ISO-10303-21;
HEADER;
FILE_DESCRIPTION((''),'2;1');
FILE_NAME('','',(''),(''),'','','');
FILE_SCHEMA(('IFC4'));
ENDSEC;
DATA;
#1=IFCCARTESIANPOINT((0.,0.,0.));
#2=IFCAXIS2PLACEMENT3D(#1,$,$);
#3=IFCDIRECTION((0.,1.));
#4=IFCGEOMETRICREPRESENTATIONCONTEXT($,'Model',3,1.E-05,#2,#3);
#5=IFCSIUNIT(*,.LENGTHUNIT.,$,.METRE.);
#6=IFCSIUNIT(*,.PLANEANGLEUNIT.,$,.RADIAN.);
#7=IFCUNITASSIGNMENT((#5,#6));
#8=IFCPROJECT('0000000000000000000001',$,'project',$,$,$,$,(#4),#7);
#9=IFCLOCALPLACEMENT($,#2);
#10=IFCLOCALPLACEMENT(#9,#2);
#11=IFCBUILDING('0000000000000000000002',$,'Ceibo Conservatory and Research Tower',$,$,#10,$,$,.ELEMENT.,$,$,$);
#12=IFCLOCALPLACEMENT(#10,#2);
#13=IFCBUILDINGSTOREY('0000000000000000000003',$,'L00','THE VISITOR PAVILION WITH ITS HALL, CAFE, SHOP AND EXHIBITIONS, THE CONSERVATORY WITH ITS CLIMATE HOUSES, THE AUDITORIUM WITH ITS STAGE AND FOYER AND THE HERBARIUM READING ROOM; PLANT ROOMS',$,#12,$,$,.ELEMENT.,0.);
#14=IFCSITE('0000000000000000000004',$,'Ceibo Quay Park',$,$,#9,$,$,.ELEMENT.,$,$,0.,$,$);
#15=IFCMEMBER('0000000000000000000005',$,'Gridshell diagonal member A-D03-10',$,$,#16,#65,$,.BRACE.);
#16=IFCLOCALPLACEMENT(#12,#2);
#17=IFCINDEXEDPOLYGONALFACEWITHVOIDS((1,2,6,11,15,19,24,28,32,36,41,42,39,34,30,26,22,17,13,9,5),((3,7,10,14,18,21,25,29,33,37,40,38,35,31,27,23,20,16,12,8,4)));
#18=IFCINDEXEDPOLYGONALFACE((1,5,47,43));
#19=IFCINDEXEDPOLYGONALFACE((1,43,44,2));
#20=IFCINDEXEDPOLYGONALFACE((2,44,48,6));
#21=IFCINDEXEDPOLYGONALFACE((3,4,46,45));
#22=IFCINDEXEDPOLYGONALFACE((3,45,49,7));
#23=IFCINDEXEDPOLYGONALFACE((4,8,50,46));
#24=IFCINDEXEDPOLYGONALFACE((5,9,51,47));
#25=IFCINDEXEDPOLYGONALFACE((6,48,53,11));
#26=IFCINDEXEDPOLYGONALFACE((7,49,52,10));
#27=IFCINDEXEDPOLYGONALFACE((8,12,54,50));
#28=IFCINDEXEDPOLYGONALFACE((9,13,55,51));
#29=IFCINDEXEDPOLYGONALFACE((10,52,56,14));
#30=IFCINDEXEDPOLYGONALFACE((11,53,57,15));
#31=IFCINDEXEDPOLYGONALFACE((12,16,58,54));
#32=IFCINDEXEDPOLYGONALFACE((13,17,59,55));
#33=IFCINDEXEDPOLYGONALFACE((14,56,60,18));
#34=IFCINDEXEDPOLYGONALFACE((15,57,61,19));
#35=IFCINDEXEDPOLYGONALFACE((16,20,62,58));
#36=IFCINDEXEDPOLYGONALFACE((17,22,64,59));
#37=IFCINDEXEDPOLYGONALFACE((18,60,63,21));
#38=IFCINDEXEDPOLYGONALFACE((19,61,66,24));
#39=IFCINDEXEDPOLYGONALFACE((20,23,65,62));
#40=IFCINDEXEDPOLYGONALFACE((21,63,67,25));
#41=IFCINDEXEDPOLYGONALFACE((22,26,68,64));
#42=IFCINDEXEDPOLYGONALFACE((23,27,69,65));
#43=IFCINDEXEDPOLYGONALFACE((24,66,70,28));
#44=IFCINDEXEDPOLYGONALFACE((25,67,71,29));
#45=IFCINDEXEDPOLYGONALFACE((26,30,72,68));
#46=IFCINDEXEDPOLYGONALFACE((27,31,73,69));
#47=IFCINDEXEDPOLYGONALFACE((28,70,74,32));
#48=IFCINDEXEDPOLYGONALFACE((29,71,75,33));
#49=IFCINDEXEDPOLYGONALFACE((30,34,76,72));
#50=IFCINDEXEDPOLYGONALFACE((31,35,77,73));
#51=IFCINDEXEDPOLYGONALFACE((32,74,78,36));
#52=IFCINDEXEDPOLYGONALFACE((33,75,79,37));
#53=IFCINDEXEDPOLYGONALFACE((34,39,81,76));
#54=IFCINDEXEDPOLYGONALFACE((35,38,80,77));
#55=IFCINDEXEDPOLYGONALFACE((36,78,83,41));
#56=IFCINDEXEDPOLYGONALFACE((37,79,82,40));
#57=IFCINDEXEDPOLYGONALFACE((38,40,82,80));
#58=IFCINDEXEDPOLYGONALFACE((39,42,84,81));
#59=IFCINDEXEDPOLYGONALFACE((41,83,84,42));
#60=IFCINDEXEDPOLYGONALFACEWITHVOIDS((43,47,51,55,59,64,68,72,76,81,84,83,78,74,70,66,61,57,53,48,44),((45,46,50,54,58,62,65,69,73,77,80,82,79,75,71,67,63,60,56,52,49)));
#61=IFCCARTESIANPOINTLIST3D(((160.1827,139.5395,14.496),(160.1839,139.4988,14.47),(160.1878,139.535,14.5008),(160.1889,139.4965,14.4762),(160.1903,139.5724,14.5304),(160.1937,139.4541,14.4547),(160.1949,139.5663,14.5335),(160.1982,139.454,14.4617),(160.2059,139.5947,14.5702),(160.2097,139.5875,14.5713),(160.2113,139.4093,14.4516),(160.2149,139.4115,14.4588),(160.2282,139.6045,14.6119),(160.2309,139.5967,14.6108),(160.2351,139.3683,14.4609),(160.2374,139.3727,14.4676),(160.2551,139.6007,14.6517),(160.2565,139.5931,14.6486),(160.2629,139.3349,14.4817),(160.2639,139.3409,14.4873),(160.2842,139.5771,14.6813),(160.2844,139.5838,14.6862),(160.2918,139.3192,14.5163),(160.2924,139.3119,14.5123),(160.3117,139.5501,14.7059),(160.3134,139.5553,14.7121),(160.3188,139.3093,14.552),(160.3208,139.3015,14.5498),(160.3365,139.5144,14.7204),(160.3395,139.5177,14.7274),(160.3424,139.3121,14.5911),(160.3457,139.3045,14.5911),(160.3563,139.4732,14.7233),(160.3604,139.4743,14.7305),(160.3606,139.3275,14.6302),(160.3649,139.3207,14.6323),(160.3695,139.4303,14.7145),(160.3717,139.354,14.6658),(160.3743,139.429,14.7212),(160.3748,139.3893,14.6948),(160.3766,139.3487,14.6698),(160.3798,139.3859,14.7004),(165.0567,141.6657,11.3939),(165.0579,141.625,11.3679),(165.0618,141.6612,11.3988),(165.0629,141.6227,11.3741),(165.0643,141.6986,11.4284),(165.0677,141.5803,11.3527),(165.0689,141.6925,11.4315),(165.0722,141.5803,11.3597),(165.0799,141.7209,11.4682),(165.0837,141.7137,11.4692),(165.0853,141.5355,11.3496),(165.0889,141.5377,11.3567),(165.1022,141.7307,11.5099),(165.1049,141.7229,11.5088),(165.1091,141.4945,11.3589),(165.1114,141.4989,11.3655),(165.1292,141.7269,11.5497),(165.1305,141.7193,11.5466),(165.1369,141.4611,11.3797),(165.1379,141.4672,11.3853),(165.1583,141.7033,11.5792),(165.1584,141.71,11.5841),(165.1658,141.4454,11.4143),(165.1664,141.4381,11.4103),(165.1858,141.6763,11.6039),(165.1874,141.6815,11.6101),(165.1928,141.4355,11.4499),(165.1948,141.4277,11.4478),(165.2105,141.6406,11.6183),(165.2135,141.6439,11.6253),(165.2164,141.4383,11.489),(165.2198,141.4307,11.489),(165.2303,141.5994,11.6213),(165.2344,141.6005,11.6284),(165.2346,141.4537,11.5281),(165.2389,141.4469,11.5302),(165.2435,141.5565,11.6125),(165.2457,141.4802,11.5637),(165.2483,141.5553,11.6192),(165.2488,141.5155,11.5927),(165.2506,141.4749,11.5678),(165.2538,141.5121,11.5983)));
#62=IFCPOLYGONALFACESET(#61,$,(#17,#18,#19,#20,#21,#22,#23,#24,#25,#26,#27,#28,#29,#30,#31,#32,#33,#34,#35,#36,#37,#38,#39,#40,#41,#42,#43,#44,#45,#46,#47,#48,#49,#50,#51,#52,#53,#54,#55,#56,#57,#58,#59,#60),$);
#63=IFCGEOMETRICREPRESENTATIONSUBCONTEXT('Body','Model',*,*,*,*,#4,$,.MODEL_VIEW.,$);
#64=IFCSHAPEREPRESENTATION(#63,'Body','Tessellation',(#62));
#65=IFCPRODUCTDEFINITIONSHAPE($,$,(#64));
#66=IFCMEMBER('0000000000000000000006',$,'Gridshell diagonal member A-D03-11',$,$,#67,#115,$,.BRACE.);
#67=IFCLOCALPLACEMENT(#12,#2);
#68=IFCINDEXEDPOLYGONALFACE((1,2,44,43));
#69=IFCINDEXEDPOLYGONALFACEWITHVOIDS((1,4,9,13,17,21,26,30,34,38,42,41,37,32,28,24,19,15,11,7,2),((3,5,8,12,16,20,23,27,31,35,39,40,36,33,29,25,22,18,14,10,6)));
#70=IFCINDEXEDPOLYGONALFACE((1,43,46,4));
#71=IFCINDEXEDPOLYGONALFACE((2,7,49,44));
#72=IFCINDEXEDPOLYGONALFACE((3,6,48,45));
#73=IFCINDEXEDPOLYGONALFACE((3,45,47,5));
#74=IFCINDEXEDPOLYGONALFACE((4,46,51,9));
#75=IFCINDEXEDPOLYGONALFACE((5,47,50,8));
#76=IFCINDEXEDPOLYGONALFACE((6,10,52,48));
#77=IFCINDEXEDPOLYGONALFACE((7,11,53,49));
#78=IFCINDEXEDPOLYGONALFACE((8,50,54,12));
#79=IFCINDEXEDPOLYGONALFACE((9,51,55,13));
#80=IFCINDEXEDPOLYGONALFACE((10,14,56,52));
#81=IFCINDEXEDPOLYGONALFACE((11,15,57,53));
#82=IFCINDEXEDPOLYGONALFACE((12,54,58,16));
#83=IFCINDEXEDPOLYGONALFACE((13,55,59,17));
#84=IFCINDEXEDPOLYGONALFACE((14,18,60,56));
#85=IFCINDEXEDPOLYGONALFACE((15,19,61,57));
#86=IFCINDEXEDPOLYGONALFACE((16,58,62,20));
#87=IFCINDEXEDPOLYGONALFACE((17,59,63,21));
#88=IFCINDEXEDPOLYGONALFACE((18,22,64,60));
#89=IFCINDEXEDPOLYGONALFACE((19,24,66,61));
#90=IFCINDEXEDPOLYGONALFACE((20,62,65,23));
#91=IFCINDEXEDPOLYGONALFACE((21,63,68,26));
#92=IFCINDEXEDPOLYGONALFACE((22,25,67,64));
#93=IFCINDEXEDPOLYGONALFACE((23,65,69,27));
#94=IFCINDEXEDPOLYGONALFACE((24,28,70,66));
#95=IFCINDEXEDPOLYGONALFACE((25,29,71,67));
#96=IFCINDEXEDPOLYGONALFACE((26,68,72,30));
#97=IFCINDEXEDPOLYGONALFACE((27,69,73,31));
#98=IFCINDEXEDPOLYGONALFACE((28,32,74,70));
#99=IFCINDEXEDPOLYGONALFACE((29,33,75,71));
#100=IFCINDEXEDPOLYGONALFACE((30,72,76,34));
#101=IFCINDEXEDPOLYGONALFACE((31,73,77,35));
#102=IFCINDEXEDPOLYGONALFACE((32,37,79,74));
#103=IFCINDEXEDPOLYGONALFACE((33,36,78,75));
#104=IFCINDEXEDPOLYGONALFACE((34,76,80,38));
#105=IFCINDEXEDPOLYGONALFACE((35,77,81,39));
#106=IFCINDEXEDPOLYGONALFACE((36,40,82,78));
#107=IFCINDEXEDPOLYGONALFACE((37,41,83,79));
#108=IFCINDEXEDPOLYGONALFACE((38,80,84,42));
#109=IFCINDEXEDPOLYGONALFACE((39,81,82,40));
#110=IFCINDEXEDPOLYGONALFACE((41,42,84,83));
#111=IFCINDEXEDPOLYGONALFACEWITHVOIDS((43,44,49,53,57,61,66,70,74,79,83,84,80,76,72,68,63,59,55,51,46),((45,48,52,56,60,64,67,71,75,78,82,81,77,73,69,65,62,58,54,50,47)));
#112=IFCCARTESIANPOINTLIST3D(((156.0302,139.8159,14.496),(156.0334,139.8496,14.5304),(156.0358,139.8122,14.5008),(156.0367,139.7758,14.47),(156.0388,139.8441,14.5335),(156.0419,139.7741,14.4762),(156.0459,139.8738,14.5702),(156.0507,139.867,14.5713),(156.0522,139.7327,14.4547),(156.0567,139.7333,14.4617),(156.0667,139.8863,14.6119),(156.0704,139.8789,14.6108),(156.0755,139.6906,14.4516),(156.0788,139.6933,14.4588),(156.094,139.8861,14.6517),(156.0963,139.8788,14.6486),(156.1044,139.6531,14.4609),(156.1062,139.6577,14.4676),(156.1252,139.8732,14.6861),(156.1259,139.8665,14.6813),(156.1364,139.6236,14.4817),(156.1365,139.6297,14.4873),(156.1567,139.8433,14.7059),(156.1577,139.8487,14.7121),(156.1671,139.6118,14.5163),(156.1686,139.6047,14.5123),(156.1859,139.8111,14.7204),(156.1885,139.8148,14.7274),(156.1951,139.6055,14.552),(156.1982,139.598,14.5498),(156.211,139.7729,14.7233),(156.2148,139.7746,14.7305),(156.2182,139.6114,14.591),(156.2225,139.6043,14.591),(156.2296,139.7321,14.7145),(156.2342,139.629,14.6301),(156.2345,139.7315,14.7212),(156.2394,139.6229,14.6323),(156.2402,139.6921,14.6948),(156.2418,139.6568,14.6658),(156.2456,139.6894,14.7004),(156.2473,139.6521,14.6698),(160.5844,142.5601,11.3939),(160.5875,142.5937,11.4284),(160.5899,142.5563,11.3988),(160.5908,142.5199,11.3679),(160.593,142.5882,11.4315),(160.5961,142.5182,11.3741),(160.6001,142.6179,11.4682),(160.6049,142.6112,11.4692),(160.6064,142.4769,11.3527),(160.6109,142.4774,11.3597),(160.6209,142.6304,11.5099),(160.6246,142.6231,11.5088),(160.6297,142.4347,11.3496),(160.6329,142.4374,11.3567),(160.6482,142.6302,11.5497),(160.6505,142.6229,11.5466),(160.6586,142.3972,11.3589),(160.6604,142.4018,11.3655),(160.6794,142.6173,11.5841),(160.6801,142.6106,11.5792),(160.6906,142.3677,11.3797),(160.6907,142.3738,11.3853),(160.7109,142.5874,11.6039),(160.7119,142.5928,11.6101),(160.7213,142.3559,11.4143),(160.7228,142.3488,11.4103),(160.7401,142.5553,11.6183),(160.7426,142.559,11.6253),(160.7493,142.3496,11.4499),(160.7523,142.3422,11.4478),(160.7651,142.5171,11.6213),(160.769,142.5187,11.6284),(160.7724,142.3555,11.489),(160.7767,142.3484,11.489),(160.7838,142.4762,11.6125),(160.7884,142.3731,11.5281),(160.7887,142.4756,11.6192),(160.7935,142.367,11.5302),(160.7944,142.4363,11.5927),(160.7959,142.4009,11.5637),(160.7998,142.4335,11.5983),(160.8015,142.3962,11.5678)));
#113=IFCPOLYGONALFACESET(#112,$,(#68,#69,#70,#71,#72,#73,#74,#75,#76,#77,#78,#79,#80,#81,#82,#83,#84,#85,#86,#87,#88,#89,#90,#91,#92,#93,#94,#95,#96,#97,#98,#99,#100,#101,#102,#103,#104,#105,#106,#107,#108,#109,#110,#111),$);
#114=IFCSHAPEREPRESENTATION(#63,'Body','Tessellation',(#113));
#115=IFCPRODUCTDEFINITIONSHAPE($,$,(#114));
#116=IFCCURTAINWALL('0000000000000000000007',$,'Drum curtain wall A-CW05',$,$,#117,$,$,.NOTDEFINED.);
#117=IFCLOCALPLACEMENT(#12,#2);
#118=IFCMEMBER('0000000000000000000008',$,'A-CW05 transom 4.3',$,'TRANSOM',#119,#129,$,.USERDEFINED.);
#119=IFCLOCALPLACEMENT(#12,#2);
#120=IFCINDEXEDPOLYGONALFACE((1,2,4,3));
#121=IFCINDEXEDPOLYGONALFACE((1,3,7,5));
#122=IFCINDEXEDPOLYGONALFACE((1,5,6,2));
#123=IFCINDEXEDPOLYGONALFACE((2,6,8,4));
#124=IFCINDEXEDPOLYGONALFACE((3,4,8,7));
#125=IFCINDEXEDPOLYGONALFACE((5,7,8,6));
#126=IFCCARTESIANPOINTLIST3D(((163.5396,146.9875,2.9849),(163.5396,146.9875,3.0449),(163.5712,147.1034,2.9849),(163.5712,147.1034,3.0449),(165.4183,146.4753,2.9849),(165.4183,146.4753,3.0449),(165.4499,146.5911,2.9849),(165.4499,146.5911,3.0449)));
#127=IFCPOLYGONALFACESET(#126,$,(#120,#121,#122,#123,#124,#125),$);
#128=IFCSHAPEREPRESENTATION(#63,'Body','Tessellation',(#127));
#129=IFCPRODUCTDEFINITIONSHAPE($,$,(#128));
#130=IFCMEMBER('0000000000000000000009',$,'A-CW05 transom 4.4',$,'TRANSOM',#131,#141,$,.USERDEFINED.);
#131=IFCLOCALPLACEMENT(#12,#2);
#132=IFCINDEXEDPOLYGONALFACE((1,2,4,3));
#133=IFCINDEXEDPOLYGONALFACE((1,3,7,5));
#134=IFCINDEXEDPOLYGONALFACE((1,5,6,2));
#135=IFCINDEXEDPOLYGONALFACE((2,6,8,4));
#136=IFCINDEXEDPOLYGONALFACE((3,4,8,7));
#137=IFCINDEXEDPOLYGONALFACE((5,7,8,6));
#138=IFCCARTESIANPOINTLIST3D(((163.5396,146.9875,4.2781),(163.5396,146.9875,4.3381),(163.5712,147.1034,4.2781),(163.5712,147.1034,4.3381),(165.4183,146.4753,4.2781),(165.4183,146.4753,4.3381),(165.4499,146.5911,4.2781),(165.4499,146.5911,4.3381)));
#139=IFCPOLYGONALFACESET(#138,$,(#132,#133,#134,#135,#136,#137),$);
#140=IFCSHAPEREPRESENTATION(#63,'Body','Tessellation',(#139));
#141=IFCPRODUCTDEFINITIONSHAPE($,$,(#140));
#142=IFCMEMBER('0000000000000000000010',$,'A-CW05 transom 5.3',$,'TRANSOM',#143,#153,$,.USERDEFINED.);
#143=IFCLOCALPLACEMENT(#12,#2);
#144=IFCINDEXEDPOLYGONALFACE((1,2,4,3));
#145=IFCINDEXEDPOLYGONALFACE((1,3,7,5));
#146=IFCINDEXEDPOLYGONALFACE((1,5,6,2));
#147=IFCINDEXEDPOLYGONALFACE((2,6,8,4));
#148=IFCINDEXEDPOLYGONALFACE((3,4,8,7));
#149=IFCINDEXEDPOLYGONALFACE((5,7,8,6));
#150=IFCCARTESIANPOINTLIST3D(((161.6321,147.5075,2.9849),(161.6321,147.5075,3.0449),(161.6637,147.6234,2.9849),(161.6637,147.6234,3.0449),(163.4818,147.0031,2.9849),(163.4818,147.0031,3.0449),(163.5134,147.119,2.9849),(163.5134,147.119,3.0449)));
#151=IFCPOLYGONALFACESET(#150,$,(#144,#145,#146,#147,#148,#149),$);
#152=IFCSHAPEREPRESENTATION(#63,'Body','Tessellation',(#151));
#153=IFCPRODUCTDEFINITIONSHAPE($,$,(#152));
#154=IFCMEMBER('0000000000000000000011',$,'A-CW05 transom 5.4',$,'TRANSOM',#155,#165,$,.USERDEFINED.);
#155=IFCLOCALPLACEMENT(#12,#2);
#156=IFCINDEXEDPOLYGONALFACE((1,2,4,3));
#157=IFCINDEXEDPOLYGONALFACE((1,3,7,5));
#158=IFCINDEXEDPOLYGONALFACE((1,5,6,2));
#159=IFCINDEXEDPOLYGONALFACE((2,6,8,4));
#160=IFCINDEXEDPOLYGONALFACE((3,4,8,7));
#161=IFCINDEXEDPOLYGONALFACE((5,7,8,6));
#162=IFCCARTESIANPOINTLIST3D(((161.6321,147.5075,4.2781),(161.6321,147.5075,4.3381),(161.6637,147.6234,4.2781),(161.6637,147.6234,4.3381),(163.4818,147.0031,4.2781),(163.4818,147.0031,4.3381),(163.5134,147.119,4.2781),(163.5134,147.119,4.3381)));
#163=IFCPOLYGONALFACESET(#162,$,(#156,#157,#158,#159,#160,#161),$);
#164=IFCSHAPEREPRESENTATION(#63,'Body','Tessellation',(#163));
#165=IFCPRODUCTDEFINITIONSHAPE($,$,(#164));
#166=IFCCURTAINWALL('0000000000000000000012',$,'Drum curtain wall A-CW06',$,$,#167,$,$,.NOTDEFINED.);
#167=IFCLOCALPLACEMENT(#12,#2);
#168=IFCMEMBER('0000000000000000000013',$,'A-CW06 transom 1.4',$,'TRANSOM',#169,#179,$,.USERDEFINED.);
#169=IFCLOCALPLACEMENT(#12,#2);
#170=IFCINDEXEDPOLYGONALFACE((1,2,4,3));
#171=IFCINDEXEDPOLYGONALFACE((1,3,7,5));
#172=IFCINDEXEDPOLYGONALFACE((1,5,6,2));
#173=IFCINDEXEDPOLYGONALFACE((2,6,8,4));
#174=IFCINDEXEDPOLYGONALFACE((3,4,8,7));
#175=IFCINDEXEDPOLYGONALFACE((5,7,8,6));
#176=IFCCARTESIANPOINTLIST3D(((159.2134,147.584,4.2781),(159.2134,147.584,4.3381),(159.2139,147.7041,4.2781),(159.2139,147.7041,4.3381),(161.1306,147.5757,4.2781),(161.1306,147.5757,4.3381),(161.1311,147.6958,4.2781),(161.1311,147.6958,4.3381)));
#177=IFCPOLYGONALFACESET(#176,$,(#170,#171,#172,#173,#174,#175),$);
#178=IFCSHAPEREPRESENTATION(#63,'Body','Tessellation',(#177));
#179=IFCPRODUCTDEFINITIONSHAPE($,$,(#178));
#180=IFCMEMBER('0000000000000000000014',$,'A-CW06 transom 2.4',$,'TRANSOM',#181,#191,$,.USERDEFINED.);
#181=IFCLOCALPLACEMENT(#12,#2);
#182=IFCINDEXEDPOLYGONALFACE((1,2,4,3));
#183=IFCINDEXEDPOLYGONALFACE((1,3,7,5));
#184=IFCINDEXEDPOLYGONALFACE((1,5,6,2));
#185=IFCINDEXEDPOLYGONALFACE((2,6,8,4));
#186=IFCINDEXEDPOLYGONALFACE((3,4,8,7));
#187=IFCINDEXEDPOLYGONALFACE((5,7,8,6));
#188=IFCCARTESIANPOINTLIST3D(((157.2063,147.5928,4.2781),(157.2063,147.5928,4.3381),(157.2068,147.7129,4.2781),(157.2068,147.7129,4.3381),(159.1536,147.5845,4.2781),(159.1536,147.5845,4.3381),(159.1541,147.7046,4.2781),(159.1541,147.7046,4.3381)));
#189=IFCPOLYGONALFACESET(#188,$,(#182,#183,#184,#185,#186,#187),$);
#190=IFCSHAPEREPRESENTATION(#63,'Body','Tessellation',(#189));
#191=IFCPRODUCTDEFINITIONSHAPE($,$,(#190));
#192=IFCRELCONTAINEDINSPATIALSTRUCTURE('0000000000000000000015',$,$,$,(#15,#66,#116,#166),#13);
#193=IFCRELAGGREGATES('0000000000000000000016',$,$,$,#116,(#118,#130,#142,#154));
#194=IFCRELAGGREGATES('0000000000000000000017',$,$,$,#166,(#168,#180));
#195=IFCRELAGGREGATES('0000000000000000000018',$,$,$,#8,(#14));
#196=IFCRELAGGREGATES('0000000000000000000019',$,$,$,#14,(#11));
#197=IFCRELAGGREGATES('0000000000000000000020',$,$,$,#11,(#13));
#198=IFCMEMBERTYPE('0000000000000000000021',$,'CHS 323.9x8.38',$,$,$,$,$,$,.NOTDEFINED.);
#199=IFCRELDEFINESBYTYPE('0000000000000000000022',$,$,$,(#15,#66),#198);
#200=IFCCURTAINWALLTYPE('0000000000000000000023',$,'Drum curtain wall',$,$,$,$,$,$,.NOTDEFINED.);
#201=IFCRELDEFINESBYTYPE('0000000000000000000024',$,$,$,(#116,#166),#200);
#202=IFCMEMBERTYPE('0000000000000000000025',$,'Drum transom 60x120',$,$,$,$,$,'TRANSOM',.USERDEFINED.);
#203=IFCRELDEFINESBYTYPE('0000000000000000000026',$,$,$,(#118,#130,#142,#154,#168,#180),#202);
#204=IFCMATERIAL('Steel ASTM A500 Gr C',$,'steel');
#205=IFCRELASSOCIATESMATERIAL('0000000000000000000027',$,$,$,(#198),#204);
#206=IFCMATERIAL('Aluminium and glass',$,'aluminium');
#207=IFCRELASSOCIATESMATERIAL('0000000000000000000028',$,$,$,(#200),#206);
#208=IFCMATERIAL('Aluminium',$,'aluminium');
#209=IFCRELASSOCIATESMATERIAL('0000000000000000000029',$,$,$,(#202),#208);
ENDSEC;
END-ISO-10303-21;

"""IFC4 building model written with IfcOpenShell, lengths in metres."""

from ifc_helpers import new_model, si_unit, direction, frame, origin, origin_2d, place, context, subcontext, project, spatial, rectangle, hollow_circle, extrude, material, material_profile, profile_set, type_object, element, aggregate, save


model = new_model("IFC4")

# Units and contexts
model_context = context("Model", 3, precision=1e-05, world=origin(), true_north=direction((0.0, 1.0)))
body_context = subcontext(model_context, "Body", "Model", "MODEL_VIEW")
ifc_project = project(units=[si_unit("LENGTHUNIT", "METRE"), si_unit("PLANEANGLEUNIT", "RADIAN")], contexts=[model_context])

# Site, building, storey
site_placement = place(None, origin())
site = spatial("IfcSite", under=ifc_project, at=site_placement, Name="Ceibo Quay Park", CompositionType="ELEMENT", RefElevation=0.0)
building_placement = place(site_placement, origin())
building = spatial("IfcBuilding", under=site, at=building_placement, Name="Ceibo Conservatory and Research Tower", CompositionType="ELEMENT")
storey_placement = place(building_placement, origin())
storey = spatial("IfcBuildingStorey", under=building, at=storey_placement, Name="L00", Description="THE VISITOR PAVILION WITH ITS HALL, CAFE, SHOP AND EXHIBITIONS, THE CONSERVATORY WITH ITS CLIMATE HOUSES, THE AUDITORIUM WITH ITS STAGE AND FOYER AND THE HERBARIUM READING ROOM; PLANT ROOMS", CompositionType="ELEMENT", Elevation=0.0)

# Members
ifc_material_1 = material(Name="Steel ASTM A500 Gr C", Category="steel")
ifc_material_profile_1 = material_profile(ifc_material_1, hollow_circle(Radius=0.1619, WallThickness=0.0083, at=origin_2d()), Name="CHS 323.9x8.38")
ifc_profile_set_1 = profile_set([ifc_material_profile_1], Name="Steel ASTM A500 Gr C")
member_type_1 = type_object("IfcMemberType", Name="CHS 323.9x8.38", PredefinedType="NOTDEFINED", material=ifc_profile_set_1)
member_1_placement = place(storey_placement, frame((165.155, 141.5791, 11.489), z_axis=(-0.791717, -0.345375, 0.503885), x_axis=(0.399846, -0.916583, 0.0)))
element("IfcMember", 1, at=member_1_placement, inside=storey, type_object=member_type_1, Name="Gridshell diagonal member A-D03-10", PredefinedType="BRACE", context=body_context, shape_type="SweptSolid", body=[
    extrude(hollow_circle(Radius=0.1619, WallThickness=0.0083, at=origin_2d()), origin(), (0.0, 0.0, 1.0), 6.1562),
])
member_2_placement = place(storey_placement, frame((160.6931, 142.4871, 11.489), z_axis=(-0.739824, -0.445782, 0.503924), x_axis=(0.516102, -0.856527, 0.0)))
element("IfcMember", 2, at=member_2_placement, inside=storey, type_object=member_type_1, Name="Gridshell diagonal member A-D03-11", PredefinedType="BRACE", context=body_context, shape_type="SweptSolid", body=[
    extrude(hollow_circle(Radius=0.1619, WallThickness=0.0083, at=origin_2d()), origin(), (0.0, 0.0, 1.0), 6.1558),
])

# Curtain walls, members
ifc_material_2 = material(Name="Aluminium and glass", Category="aluminium")
curtain_wall_type = type_object("IfcCurtainWallType", Name="Drum curtain wall", PredefinedType="NOTDEFINED", material=ifc_material_2)
curtain_wall_1_placement = place(storey_placement, origin())
curtain_wall_1 = element("IfcCurtainWall", 3, at=curtain_wall_1_placement, inside=storey, type_object=curtain_wall_type, Name="Drum curtain wall A-CW05", PredefinedType="NOTDEFINED")
ifc_material_3 = material(Name="Aluminium", Category="aluminium")
ifc_material_profile_2 = material_profile(ifc_material_3, rectangle(XDim=0.1201, YDim=0.0601, at=origin_2d()), Name="AL 60x120")
ifc_profile_set_2 = profile_set([ifc_material_profile_2], Name="Aluminium")
member_type_2 = type_object("IfcMemberType", Name="Drum transom 60x120", ElementType="TRANSOM", PredefinedType="USERDEFINED", material=ifc_profile_set_2)
member_3_placement = place(storey_placement, frame((165.4341, 146.5332, 3.0149), z_axis=(-0.964784, 0.263043, 0.0), x_axis=(-0.263043, -0.964784, 0.0)))
member_3 = element("IfcMember", 4, at=member_3_placement, type_object=member_type_2, Name="A-CW05 transom 4.3", ObjectType="TRANSOM", PredefinedType="USERDEFINED", context=body_context, shape_type="SweptSolid", body=[
    extrude(rectangle(XDim=0.1201, YDim=0.0601, at=origin_2d()), origin(), (0.0, 0.0, 1.0), 1.9473),
])
member_4_placement = place(storey_placement, frame((165.4341, 146.5332, 4.3081), z_axis=(-0.964784, 0.263043, 0.0), x_axis=(-0.263043, -0.964784, 0.0)))
member_4 = element("IfcMember", 5, at=member_4_placement, type_object=member_type_2, Name="A-CW05 transom 4.4", ObjectType="TRANSOM", PredefinedType="USERDEFINED", context=body_context, shape_type="SweptSolid", body=[
    extrude(rectangle(XDim=0.1201, YDim=0.0601, at=origin_2d()), origin(), (0.0, 0.0, 1.0), 1.9473),
])
member_5_placement = place(storey_placement, frame((163.4976, 147.061, 3.0149), z_axis=(-0.96477, 0.263096, 0.0), x_axis=(-0.263096, -0.96477, 0.0)))
member_5 = element("IfcMember", 6, at=member_5_placement, type_object=member_type_2, Name="A-CW05 transom 5.3", ObjectType="TRANSOM", PredefinedType="USERDEFINED", context=body_context, shape_type="SweptSolid", body=[
    extrude(rectangle(XDim=0.1201, YDim=0.0601, at=origin_2d()), origin(), (0.0, 0.0, 1.0), 1.9172),
])
member_6_placement = place(storey_placement, frame((163.4976, 147.061, 4.3081), z_axis=(-0.96477, 0.263096, 0.0), x_axis=(-0.263096, -0.96477, 0.0)))
member_6 = element("IfcMember", 7, at=member_6_placement, type_object=member_type_2, Name="A-CW05 transom 5.4", ObjectType="TRANSOM", PredefinedType="USERDEFINED", context=body_context, shape_type="SweptSolid", body=[
    extrude(rectangle(XDim=0.1201, YDim=0.0601, at=origin_2d()), origin(), (0.0, 0.0, 1.0), 1.9172),
])
curtain_wall_2_placement = place(storey_placement, origin())
curtain_wall_2 = element("IfcCurtainWall", 8, at=curtain_wall_2_placement, inside=storey, type_object=curtain_wall_type, Name="Drum curtain wall A-CW06", PredefinedType="NOTDEFINED")
member_7_placement = place(storey_placement, frame((161.1309, 147.6357, 4.3081), z_axis=(-0.999991, 0.00433, 0.0), x_axis=(-0.00433, -0.999991, 0.0)))
member_7 = element("IfcMember", 9, at=member_7_placement, type_object=member_type_2, Name="A-CW06 transom 1.4", ObjectType="TRANSOM", PredefinedType="USERDEFINED", context=body_context, shape_type="SweptSolid", body=[
    extrude(rectangle(XDim=0.1201, YDim=0.0601, at=origin_2d()), origin(), (0.0, 0.0, 1.0), 1.9172),
])
member_8_placement = place(storey_placement, frame((159.1538, 147.6445, 4.3081), z_axis=(-0.999991, 0.004263, 0.0), x_axis=(-0.004263, -0.999991, 0.0)))
member_8 = element("IfcMember", 10, at=member_8_placement, type_object=member_type_2, Name="A-CW06 transom 2.4", ObjectType="TRANSOM", PredefinedType="USERDEFINED", context=body_context, shape_type="SweptSolid", body=[
    extrude(rectangle(XDim=0.1201, YDim=0.0601, at=origin_2d()), origin(), (0.0, 0.0, 1.0), 1.9473),
])

aggregate(curtain_wall_1, [member_3, member_4, member_5, member_6])
aggregate(curtain_wall_2, [member_7, member_8])

save(model, "model.ifc")
